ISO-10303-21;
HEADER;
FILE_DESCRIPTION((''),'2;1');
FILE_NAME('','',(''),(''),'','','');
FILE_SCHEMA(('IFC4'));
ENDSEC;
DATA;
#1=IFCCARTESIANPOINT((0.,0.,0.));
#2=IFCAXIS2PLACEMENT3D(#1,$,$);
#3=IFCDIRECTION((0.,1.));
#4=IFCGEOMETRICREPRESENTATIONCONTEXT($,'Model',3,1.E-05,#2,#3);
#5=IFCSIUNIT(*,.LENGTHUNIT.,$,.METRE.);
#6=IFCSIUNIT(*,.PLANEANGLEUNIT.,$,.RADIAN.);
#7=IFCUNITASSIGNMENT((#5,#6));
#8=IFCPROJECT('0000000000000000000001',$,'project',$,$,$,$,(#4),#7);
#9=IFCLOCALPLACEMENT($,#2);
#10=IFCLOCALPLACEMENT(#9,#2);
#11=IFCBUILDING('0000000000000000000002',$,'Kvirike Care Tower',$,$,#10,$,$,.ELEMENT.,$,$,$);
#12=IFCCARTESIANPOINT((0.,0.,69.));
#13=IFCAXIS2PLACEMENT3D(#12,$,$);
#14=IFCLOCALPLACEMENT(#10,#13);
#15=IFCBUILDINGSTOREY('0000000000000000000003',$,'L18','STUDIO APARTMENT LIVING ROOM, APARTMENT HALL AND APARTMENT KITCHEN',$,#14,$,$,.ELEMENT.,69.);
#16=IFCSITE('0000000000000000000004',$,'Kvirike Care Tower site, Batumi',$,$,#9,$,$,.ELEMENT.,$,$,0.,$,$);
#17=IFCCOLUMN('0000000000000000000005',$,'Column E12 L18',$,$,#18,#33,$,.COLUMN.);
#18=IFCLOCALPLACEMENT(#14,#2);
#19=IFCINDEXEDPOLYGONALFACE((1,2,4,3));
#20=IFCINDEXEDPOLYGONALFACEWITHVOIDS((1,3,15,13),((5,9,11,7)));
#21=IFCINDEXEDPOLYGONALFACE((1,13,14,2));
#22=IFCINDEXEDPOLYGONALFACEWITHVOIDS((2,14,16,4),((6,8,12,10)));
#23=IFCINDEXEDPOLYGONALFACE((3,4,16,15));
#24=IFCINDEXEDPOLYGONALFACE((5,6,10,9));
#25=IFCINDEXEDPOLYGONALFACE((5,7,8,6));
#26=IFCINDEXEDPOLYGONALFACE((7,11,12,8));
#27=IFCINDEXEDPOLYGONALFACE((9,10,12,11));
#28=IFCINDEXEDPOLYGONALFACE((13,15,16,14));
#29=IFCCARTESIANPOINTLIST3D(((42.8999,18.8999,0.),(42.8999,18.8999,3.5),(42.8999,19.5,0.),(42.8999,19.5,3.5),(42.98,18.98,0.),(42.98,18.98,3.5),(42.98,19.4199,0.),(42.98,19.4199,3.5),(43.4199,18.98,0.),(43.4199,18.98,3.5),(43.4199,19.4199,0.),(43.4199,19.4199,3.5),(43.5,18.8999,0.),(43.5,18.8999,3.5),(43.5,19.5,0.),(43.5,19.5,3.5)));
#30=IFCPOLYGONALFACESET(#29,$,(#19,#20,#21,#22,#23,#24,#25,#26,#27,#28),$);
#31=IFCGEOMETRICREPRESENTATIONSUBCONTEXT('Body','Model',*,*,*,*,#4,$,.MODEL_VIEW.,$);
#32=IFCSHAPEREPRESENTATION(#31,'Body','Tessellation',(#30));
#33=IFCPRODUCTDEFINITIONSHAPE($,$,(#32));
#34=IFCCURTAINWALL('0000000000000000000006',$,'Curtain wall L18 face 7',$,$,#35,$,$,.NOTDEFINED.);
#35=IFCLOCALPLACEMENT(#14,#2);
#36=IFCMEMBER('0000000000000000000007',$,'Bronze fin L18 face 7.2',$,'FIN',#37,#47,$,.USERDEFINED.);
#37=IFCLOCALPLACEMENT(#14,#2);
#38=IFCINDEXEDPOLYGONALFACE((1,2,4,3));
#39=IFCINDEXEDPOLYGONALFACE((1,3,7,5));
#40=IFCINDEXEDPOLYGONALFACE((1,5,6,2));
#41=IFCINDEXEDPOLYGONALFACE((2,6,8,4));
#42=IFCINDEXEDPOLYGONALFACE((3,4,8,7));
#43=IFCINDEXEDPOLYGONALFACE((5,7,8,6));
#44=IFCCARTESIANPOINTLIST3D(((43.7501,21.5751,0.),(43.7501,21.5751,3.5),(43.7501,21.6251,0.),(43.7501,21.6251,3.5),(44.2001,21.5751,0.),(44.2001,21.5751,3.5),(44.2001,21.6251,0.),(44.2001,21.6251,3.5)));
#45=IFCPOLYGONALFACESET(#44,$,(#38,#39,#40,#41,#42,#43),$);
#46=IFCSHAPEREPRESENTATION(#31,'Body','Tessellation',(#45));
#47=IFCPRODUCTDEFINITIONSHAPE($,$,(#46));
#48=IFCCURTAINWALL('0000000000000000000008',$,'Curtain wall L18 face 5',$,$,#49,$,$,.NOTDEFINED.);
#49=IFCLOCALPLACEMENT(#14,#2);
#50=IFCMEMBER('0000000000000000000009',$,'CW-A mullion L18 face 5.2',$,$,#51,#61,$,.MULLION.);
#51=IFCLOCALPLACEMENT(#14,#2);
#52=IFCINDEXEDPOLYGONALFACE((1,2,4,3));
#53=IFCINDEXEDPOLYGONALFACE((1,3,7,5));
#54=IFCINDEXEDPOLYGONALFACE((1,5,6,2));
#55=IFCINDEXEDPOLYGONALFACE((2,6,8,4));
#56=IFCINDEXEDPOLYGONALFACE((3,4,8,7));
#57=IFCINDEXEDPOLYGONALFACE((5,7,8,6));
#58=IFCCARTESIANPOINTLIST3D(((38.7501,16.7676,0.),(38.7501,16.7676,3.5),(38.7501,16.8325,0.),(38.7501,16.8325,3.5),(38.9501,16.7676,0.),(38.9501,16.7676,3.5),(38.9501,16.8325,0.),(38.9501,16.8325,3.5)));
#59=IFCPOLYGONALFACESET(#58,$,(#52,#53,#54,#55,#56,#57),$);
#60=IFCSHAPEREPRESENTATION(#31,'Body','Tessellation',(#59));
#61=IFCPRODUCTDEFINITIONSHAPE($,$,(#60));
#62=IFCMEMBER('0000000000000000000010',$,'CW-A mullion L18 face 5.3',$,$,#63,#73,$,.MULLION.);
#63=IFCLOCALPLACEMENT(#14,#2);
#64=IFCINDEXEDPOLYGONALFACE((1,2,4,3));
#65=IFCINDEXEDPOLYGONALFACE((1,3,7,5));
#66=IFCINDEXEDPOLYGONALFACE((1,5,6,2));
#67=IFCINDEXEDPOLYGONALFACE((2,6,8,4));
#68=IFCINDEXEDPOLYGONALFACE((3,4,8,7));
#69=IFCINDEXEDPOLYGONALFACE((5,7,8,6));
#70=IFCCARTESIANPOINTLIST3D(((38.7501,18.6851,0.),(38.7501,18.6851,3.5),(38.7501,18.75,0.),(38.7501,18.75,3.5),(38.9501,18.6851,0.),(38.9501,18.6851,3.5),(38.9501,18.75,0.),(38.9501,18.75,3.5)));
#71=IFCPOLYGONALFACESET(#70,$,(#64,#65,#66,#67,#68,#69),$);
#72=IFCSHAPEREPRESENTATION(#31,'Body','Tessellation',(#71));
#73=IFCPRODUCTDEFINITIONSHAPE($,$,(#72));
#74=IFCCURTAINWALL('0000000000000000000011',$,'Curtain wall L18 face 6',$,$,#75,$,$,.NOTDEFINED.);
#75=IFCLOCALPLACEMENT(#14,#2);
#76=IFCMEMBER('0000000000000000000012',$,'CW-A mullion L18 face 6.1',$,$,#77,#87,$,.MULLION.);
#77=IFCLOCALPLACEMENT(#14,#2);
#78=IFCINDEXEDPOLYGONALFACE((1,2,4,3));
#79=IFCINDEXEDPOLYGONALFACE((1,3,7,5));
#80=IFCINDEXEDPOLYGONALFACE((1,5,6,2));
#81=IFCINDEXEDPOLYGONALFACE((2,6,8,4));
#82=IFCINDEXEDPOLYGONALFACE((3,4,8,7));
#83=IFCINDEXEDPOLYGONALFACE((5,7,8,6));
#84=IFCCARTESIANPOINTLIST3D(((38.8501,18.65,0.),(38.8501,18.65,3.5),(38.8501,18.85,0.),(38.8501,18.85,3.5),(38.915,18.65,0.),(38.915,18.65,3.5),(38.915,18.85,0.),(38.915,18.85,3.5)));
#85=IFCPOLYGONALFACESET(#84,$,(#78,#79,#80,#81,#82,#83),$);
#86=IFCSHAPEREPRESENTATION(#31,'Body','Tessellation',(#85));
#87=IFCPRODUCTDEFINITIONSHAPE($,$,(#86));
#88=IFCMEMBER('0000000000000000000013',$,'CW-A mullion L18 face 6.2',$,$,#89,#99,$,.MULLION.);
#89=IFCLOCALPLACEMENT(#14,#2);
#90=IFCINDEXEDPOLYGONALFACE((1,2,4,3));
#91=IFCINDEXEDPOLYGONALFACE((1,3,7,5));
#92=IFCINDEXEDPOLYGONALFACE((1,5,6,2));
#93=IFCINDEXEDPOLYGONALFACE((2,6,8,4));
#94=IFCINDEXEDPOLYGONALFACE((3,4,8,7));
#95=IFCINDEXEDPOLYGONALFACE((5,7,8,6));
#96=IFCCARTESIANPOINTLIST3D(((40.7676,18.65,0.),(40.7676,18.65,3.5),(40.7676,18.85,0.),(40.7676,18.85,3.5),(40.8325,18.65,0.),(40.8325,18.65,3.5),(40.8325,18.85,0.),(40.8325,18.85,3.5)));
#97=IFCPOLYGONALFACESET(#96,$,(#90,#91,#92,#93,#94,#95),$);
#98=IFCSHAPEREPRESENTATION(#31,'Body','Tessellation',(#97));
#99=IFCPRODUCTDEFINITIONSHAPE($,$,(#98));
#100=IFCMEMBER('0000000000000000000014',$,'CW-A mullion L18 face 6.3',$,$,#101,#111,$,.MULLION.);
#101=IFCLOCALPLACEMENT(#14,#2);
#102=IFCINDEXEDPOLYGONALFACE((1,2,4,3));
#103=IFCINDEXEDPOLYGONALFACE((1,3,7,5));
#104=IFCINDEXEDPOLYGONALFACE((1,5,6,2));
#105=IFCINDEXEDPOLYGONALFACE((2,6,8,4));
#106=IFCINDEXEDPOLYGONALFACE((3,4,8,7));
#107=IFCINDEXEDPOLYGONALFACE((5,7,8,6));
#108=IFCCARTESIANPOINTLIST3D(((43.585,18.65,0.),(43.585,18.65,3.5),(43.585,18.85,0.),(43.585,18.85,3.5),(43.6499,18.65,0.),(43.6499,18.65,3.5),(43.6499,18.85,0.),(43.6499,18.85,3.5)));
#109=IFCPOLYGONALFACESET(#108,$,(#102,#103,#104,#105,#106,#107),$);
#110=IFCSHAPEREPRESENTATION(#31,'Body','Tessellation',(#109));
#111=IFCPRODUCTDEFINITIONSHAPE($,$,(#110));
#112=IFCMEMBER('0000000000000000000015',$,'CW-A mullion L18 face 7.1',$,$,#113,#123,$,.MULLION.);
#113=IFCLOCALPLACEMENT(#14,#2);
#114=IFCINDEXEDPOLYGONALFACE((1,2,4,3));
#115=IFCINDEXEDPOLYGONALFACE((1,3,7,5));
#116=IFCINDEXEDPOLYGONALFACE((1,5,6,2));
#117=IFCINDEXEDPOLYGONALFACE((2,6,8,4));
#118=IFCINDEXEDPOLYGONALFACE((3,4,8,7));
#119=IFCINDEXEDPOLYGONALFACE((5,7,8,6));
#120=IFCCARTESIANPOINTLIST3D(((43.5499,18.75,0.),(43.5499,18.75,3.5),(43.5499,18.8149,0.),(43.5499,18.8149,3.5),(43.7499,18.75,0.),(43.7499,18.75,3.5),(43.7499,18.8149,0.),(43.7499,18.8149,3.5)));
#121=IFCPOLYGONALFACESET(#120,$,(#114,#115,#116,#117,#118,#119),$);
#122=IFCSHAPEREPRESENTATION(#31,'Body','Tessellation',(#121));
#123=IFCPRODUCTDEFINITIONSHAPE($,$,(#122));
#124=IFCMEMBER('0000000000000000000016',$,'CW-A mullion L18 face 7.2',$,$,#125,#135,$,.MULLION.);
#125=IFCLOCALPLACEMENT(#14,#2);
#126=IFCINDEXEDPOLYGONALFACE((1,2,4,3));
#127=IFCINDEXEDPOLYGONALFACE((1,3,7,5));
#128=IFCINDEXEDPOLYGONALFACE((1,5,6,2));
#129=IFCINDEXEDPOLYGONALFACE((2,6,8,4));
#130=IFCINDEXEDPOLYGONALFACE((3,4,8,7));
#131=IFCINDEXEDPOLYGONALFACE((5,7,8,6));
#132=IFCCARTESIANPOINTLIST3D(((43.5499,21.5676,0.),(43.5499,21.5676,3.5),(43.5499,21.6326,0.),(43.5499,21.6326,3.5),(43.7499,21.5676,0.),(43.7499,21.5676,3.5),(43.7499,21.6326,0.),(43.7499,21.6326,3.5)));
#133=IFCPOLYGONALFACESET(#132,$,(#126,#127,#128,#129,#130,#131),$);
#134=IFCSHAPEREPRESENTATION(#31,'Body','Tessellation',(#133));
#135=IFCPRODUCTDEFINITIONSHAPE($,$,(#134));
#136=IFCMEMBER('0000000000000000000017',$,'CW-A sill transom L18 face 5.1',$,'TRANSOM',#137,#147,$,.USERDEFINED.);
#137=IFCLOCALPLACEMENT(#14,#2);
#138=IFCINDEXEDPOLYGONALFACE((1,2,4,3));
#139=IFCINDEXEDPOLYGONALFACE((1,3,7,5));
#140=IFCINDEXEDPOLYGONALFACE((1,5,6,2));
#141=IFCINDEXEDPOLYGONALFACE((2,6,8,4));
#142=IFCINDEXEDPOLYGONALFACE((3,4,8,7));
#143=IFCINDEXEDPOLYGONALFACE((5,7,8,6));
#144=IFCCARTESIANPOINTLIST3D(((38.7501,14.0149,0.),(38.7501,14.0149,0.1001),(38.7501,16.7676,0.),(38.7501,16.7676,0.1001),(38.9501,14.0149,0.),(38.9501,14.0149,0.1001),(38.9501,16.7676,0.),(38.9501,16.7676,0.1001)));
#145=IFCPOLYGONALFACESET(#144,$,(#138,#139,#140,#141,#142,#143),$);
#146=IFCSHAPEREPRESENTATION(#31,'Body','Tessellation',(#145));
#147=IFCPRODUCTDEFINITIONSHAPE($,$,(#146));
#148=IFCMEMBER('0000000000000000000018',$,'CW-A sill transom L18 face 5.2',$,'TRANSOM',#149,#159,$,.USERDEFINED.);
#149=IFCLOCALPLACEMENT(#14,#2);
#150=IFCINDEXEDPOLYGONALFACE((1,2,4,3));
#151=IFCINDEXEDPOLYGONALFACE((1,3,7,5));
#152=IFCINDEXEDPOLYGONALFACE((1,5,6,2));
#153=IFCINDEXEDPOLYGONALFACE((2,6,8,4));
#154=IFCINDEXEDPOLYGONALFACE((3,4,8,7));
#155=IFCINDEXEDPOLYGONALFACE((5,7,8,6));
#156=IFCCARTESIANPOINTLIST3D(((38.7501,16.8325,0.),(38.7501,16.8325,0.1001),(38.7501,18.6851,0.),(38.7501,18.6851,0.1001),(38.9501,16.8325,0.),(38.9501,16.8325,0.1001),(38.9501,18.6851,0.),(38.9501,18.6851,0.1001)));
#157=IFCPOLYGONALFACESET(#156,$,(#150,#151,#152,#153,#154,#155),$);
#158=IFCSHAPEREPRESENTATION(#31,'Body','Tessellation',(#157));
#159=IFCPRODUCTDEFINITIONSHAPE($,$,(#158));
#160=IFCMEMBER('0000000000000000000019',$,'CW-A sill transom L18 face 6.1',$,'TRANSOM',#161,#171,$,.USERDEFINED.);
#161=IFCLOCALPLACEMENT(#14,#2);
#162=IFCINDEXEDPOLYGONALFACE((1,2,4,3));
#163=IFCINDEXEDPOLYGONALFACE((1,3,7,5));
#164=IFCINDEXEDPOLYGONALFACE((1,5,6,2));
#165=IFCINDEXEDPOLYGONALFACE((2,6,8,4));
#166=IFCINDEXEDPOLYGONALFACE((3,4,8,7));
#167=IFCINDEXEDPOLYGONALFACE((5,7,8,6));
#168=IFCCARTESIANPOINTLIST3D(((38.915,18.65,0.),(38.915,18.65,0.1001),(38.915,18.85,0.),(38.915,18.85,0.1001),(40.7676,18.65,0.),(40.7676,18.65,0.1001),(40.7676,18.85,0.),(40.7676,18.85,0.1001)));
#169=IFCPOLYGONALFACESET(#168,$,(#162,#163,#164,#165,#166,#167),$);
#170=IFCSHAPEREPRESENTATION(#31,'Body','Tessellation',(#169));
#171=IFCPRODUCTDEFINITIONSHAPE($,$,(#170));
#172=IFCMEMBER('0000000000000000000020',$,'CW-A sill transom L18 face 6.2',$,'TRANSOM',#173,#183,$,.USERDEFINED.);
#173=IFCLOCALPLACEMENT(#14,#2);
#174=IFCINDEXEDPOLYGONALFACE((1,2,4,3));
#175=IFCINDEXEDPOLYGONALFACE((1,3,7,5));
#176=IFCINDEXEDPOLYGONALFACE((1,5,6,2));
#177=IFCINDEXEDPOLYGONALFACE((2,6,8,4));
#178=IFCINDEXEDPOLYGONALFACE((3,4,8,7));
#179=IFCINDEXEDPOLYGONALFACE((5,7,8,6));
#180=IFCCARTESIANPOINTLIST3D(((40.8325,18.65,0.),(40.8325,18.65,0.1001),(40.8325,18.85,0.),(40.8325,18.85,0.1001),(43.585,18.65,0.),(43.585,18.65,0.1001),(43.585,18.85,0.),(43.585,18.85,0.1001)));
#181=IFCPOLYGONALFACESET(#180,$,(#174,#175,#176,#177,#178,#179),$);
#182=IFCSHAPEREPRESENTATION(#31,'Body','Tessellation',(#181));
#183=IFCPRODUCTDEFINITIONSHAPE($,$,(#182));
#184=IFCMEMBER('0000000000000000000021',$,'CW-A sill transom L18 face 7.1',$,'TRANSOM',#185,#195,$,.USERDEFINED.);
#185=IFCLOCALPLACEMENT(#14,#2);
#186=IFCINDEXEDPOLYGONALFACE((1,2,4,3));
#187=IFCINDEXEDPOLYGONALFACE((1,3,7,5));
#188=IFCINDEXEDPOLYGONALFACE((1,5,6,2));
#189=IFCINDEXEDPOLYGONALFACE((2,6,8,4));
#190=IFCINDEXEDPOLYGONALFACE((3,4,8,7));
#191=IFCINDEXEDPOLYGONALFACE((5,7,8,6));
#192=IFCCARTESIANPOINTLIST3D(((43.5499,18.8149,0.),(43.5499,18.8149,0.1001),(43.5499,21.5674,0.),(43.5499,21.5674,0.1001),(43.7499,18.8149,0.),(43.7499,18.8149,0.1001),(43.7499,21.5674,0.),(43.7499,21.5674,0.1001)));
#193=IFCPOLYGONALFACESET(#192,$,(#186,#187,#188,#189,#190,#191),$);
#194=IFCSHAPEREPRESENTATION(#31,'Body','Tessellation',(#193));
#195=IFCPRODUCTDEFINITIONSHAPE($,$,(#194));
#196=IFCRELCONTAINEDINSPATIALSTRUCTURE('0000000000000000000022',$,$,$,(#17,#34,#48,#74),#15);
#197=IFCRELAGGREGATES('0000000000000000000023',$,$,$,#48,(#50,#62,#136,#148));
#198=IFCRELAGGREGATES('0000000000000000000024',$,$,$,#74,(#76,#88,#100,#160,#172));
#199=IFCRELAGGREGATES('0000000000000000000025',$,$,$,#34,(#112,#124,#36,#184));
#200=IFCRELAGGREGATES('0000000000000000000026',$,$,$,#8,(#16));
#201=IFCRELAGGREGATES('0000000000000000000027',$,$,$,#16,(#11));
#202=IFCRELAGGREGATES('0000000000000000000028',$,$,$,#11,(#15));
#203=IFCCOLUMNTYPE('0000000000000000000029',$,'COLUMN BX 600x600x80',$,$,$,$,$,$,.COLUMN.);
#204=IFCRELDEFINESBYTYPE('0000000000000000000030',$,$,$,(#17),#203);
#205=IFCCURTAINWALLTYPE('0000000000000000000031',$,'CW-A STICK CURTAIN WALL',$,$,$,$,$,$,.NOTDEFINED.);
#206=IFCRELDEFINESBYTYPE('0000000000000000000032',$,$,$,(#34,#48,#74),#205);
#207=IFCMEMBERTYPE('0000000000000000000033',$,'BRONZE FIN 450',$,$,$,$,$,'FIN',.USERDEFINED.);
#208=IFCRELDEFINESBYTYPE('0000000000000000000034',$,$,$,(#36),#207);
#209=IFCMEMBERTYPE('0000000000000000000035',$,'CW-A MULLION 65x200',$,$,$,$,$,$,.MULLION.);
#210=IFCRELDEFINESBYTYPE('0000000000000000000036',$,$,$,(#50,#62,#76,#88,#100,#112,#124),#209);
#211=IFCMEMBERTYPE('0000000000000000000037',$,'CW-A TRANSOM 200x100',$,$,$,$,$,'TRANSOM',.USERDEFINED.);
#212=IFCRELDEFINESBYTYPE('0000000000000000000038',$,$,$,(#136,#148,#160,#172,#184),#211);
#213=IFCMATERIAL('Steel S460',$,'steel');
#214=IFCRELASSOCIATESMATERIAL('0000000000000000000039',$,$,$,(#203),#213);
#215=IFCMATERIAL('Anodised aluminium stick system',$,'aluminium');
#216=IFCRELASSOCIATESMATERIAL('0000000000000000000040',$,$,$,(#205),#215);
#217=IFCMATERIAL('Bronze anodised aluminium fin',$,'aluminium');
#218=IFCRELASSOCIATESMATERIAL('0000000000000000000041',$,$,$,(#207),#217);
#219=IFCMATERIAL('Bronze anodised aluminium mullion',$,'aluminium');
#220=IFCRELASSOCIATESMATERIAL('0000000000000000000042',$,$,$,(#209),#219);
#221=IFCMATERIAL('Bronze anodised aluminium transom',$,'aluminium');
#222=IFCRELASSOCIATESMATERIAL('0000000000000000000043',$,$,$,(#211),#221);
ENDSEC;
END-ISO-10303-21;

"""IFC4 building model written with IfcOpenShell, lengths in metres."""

from ifc_helpers import new_model, si_unit, direction, frame, origin, origin_2d, place, context, subcontext, project, spatial, rectangle, hollow_rectangle, extrude, material, material_profile, profile_set, type_object, element, aggregate, save


model = new_model("IFC4")

# Units and contexts
model_context = context("Model", 3, precision=1e-05, world=origin(), true_north=direction((0.0, 1.0)))
body_context = subcontext(model_context, "Body", "Model", "MODEL_VIEW")
ifc_project = project(units=[si_unit("LENGTHUNIT", "METRE"), si_unit("PLANEANGLEUNIT", "RADIAN")], contexts=[model_context])

# Site, building, storey
site_placement = place(None, origin())
site = spatial("IfcSite", under=ifc_project, at=site_placement, Name="Kvirike Care Tower site, Batumi", CompositionType="ELEMENT", RefElevation=0.0)
building_placement = place(site_placement, origin())
building = spatial("IfcBuilding", under=site, at=building_placement, Name="Kvirike Care Tower", CompositionType="ELEMENT")
storey_placement = place(building_placement, frame((0.0, 0.0, 69.0)))
storey = spatial("IfcBuildingStorey", under=building, at=storey_placement, Name="L18", Description="STUDIO APARTMENT LIVING ROOM, APARTMENT HALL AND APARTMENT KITCHEN", CompositionType="ELEMENT", Elevation=69.0)

# Column
ifc_material_1 = material(Name="Steel S460", Category="steel")
ifc_material_profile_1 = material_profile(ifc_material_1, hollow_rectangle(XDim=0.6001, YDim=0.6001, WallThickness=0.0801, at=origin_2d()), Name="BX 600x600x80")
ifc_profile_set_1 = profile_set([ifc_material_profile_1], Name="Steel S460")
column_type = type_object("IfcColumnType", Name="COLUMN BX 600x600x80", PredefinedType="COLUMN", material=ifc_profile_set_1)
column_placement = place(storey_placement, frame((43.2, 19.2, 0.0), z_axis=(0.0, 0.0, 1.0), x_axis=(0.0, 1.0, 0.0)))
element("IfcColumn", 1, at=column_placement, inside=storey, type_object=column_type, Name="Column E12 L18", PredefinedType="COLUMN", context=body_context, shape_type="SweptSolid", body=[
    extrude(hollow_rectangle(XDim=0.6001, YDim=0.6001, WallThickness=0.0801, at=origin_2d()), origin(), (0.0, 0.0, 1.0), 3.5),
])

# Curtain wall, member
ifc_material_2 = material(Name="Anodised aluminium stick system", Category="aluminium")
curtain_wall_type = type_object("IfcCurtainWallType", Name="CW-A STICK CURTAIN WALL", PredefinedType="NOTDEFINED", material=ifc_material_2)
curtain_wall_1_placement = place(storey_placement, origin())
curtain_wall_1 = element("IfcCurtainWall", 2, at=curtain_wall_1_placement, inside=storey, type_object=curtain_wall_type, Name="Curtain wall L18 face 7", PredefinedType="NOTDEFINED")
ifc_material_3 = material(Name="Bronze anodised aluminium fin", Category="aluminium")
ifc_material_profile_2 = material_profile(ifc_material_3, rectangle(XDim=0.05, YDim=0.45, at=origin_2d()), Name="BRONZE FIN 450")
ifc_profile_set_2 = profile_set([ifc_material_profile_2], Name="Bronze anodised aluminium fin")
member_type_1 = type_object("IfcMemberType", Name="BRONZE FIN 450", ElementType="FIN", PredefinedType="USERDEFINED", material=ifc_profile_set_2)
member_1_placement = place(storey_placement, frame((43.9751, 21.6001, 0.0), z_axis=(0.0, 0.0, 1.0), x_axis=(0.0, 1.0, 0.0)))
member_1 = element("IfcMember", 3, at=member_1_placement, type_object=member_type_1, Name="Bronze fin L18 face 7.2", ObjectType="FIN", PredefinedType="USERDEFINED", context=body_context, shape_type="SweptSolid", body=[
    extrude(rectangle(XDim=0.05, YDim=0.45, at=origin_2d()), origin(), (0.0, 0.0, 1.0), 3.5),
])

# Curtain walls, members
curtain_wall_2_placement = place(storey_placement, origin())
curtain_wall_2 = element("IfcCurtainWall", 4, at=curtain_wall_2_placement, inside=storey, type_object=curtain_wall_type, Name="Curtain wall L18 face 5", PredefinedType="NOTDEFINED")
ifc_material_4 = material(Name="Bronze anodised aluminium mullion", Category="aluminium")
ifc_material_profile_3 = material_profile(ifc_material_4, rectangle(XDim=0.0649, YDim=0.2, at=origin_2d()), Name="CW-A MULLION 65x200")
ifc_profile_set_3 = profile_set([ifc_material_profile_3], Name="Bronze anodised aluminium mullion")
member_type_2 = type_object("IfcMemberType", Name="CW-A MULLION 65x200", PredefinedType="MULLION", material=ifc_profile_set_3)
member_2_placement = place(storey_placement, frame((38.8501, 16.8, 0.0), z_axis=(0.0, 0.0, 1.0), x_axis=(0.0, 1.0, 0.0)))
member_2 = element("IfcMember", 5, at=member_2_placement, type_object=member_type_2, Name="CW-A mullion L18 face 5.2", PredefinedType="MULLION", context=body_context, shape_type="SweptSolid", body=[
    extrude(rectangle(XDim=0.0649, YDim=0.2, at=origin_2d()), origin(), (0.0, 0.0, 1.0), 3.5),
])
member_3_placement = place(storey_placement, frame((38.8501, 18.7175, 0.0), z_axis=(0.0, 0.0, 1.0), x_axis=(0.0, 1.0, 0.0)))
member_3 = element("IfcMember", 6, at=member_3_placement, type_object=member_type_2, Name="CW-A mullion L18 face 5.3", PredefinedType="MULLION", context=body_context, shape_type="SweptSolid", body=[
    extrude(rectangle(XDim=0.0649, YDim=0.2, at=origin_2d()), origin(), (0.0, 0.0, 1.0), 3.5),
])
curtain_wall_3_placement = place(storey_placement, origin())
curtain_wall_3 = element("IfcCurtainWall", 7, at=curtain_wall_3_placement, inside=storey, type_object=curtain_wall_type, Name="Curtain wall L18 face 6", PredefinedType="NOTDEFINED")
member_4_placement = place(storey_placement, frame((38.8826, 18.75, 0.0), z_axis=(0.0, 0.0, 1.0), x_axis=(1.0, 0.0, 0.0)))
member_4 = element("IfcMember", 8, at=member_4_placement, type_object=member_type_2, Name="CW-A mullion L18 face 6.1", PredefinedType="MULLION", context=body_context, shape_type="SweptSolid", body=[
    extrude(rectangle(XDim=0.0649, YDim=0.2, at=origin_2d()), origin(), (0.0, 0.0, 1.0), 3.5),
])
member_5_placement = place(storey_placement, frame((40.8, 18.75, 0.0), z_axis=(0.0, 0.0, 1.0), x_axis=(1.0, 0.0, 0.0)))
member_5 = element("IfcMember", 9, at=member_5_placement, type_object=member_type_2, Name="CW-A mullion L18 face 6.2", PredefinedType="MULLION", context=body_context, shape_type="SweptSolid", body=[
    extrude(rectangle(XDim=0.0649, YDim=0.2, at=origin_2d()), origin(), (0.0, 0.0, 1.0), 3.5),
])
member_6_placement = place(storey_placement, frame((43.6174, 18.75, 0.0), z_axis=(0.0, 0.0, 1.0), x_axis=(1.0, 0.0, 0.0)))
member_6 = element("IfcMember", 10, at=member_6_placement, type_object=member_type_2, Name="CW-A mullion L18 face 6.3", PredefinedType="MULLION", context=body_context, shape_type="SweptSolid", body=[
    extrude(rectangle(XDim=0.0649, YDim=0.2, at=origin_2d()), origin(), (0.0, 0.0, 1.0), 3.5),
])

# Members
member_7_placement = place(storey_placement, frame((43.6499, 18.7825, 0.0), z_axis=(0.0, 0.0, 1.0), x_axis=(0.0, 1.0, 0.0)))
member_7 = element("IfcMember", 11, at=member_7_placement, type_object=member_type_2, Name="CW-A mullion L18 face 7.1", PredefinedType="MULLION", context=body_context, shape_type="SweptSolid", body=[
    extrude(rectangle(XDim=0.0649, YDim=0.2, at=origin_2d()), origin(), (0.0, 0.0, 1.0), 3.5),
])
member_8_placement = place(storey_placement, frame((43.6499, 21.6001, 0.0), z_axis=(0.0, 0.0, 1.0), x_axis=(0.0, 1.0, 0.0)))
member_8 = element("IfcMember", 12, at=member_8_placement, type_object=member_type_2, Name="CW-A mullion L18 face 7.2", PredefinedType="MULLION", context=body_context, shape_type="SweptSolid", body=[
    extrude(rectangle(XDim=0.0649, YDim=0.2, at=origin_2d()), origin(), (0.0, 0.0, 1.0), 3.5),
])
ifc_material_5 = material(Name="Bronze anodised aluminium transom", Category="aluminium")
ifc_material_profile_4 = material_profile(ifc_material_5, rectangle(XDim=0.2, YDim=0.1001, at=origin_2d()), Name="CW-A TRANSOM 200x100")
ifc_profile_set_4 = profile_set([ifc_material_profile_4], Name="Bronze anodised aluminium transom")
member_type_3 = type_object("IfcMemberType", Name="CW-A TRANSOM 200x100", ElementType="TRANSOM", PredefinedType="USERDEFINED", material=ifc_profile_set_4)
member_9_placement = place(storey_placement, frame((38.8501, 14.0149, 0.05), z_axis=(0.0, 1.0, 0.0), x_axis=(-1.0, 0.0, 0.0)))
member_9 = element("IfcMember", 13, at=member_9_placement, type_object=member_type_3, Name="CW-A sill transom L18 face 5.1", ObjectType="TRANSOM", PredefinedType="USERDEFINED", context=body_context, shape_type="SweptSolid", body=[
    extrude(rectangle(XDim=0.2, YDim=0.1001, at=origin_2d()), origin(), (0.0, 0.0, 1.0), 2.7527),
])
member_10_placement = place(storey_placement, frame((38.8501, 16.8325, 0.05), z_axis=(0.0, 1.0, 0.0), x_axis=(-1.0, 0.0, 0.0)))
member_10 = element("IfcMember", 14, at=member_10_placement, type_object=member_type_3, Name="CW-A sill transom L18 face 5.2", ObjectType="TRANSOM", PredefinedType="USERDEFINED", context=body_context, shape_type="SweptSolid", body=[
    extrude(rectangle(XDim=0.2, YDim=0.1001, at=origin_2d()), origin(), (0.0, 0.0, 1.0), 1.8525),
])
member_11_placement = place(storey_placement, frame((38.915, 18.75, 0.05), z_axis=(1.0, 0.0, 0.0), x_axis=(0.0, 1.0, 0.0)))
member_11 = element("IfcMember", 15, at=member_11_placement, type_object=member_type_3, Name="CW-A sill transom L18 face 6.1", ObjectType="TRANSOM", PredefinedType="USERDEFINED", context=body_context, shape_type="SweptSolid", body=[
    extrude(rectangle(XDim=0.2, YDim=0.1001, at=origin_2d()), origin(), (0.0, 0.0, 1.0), 1.8525),
])
member_12_placement = place(storey_placement, frame((40.8325, 18.75, 0.05), z_axis=(1.0, 0.0, 0.0), x_axis=(0.0, 1.0, 0.0)))
member_12 = element("IfcMember", 16, at=member_12_placement, type_object=member_type_3, Name="CW-A sill transom L18 face 6.2", ObjectType="TRANSOM", PredefinedType="USERDEFINED", context=body_context, shape_type="SweptSolid", body=[
    extrude(rectangle(XDim=0.2, YDim=0.1001, at=origin_2d()), origin(), (0.0, 0.0, 1.0), 2.7524),
])
member_13_placement = place(storey_placement, frame((43.6499, 18.8149, 0.05), z_axis=(0.0, 1.0, 0.0), x_axis=(-1.0, 0.0, 0.0)))
member_13 = element("IfcMember", 17, at=member_13_placement, type_object=member_type_3, Name="CW-A sill transom L18 face 7.1", ObjectType="TRANSOM", PredefinedType="USERDEFINED", context=body_context, shape_type="SweptSolid", body=[
    extrude(rectangle(XDim=0.2, YDim=0.1001, at=origin_2d()), origin(), (0.0, 0.0, 1.0), 2.7524),
])

aggregate(curtain_wall_2, [member_2, member_3, member_9, member_10])
aggregate(curtain_wall_3, [member_4, member_5, member_6, member_11, member_12])
aggregate(curtain_wall_1, [member_7, member_8, member_1, member_13])

save(model, "model.ifc")
